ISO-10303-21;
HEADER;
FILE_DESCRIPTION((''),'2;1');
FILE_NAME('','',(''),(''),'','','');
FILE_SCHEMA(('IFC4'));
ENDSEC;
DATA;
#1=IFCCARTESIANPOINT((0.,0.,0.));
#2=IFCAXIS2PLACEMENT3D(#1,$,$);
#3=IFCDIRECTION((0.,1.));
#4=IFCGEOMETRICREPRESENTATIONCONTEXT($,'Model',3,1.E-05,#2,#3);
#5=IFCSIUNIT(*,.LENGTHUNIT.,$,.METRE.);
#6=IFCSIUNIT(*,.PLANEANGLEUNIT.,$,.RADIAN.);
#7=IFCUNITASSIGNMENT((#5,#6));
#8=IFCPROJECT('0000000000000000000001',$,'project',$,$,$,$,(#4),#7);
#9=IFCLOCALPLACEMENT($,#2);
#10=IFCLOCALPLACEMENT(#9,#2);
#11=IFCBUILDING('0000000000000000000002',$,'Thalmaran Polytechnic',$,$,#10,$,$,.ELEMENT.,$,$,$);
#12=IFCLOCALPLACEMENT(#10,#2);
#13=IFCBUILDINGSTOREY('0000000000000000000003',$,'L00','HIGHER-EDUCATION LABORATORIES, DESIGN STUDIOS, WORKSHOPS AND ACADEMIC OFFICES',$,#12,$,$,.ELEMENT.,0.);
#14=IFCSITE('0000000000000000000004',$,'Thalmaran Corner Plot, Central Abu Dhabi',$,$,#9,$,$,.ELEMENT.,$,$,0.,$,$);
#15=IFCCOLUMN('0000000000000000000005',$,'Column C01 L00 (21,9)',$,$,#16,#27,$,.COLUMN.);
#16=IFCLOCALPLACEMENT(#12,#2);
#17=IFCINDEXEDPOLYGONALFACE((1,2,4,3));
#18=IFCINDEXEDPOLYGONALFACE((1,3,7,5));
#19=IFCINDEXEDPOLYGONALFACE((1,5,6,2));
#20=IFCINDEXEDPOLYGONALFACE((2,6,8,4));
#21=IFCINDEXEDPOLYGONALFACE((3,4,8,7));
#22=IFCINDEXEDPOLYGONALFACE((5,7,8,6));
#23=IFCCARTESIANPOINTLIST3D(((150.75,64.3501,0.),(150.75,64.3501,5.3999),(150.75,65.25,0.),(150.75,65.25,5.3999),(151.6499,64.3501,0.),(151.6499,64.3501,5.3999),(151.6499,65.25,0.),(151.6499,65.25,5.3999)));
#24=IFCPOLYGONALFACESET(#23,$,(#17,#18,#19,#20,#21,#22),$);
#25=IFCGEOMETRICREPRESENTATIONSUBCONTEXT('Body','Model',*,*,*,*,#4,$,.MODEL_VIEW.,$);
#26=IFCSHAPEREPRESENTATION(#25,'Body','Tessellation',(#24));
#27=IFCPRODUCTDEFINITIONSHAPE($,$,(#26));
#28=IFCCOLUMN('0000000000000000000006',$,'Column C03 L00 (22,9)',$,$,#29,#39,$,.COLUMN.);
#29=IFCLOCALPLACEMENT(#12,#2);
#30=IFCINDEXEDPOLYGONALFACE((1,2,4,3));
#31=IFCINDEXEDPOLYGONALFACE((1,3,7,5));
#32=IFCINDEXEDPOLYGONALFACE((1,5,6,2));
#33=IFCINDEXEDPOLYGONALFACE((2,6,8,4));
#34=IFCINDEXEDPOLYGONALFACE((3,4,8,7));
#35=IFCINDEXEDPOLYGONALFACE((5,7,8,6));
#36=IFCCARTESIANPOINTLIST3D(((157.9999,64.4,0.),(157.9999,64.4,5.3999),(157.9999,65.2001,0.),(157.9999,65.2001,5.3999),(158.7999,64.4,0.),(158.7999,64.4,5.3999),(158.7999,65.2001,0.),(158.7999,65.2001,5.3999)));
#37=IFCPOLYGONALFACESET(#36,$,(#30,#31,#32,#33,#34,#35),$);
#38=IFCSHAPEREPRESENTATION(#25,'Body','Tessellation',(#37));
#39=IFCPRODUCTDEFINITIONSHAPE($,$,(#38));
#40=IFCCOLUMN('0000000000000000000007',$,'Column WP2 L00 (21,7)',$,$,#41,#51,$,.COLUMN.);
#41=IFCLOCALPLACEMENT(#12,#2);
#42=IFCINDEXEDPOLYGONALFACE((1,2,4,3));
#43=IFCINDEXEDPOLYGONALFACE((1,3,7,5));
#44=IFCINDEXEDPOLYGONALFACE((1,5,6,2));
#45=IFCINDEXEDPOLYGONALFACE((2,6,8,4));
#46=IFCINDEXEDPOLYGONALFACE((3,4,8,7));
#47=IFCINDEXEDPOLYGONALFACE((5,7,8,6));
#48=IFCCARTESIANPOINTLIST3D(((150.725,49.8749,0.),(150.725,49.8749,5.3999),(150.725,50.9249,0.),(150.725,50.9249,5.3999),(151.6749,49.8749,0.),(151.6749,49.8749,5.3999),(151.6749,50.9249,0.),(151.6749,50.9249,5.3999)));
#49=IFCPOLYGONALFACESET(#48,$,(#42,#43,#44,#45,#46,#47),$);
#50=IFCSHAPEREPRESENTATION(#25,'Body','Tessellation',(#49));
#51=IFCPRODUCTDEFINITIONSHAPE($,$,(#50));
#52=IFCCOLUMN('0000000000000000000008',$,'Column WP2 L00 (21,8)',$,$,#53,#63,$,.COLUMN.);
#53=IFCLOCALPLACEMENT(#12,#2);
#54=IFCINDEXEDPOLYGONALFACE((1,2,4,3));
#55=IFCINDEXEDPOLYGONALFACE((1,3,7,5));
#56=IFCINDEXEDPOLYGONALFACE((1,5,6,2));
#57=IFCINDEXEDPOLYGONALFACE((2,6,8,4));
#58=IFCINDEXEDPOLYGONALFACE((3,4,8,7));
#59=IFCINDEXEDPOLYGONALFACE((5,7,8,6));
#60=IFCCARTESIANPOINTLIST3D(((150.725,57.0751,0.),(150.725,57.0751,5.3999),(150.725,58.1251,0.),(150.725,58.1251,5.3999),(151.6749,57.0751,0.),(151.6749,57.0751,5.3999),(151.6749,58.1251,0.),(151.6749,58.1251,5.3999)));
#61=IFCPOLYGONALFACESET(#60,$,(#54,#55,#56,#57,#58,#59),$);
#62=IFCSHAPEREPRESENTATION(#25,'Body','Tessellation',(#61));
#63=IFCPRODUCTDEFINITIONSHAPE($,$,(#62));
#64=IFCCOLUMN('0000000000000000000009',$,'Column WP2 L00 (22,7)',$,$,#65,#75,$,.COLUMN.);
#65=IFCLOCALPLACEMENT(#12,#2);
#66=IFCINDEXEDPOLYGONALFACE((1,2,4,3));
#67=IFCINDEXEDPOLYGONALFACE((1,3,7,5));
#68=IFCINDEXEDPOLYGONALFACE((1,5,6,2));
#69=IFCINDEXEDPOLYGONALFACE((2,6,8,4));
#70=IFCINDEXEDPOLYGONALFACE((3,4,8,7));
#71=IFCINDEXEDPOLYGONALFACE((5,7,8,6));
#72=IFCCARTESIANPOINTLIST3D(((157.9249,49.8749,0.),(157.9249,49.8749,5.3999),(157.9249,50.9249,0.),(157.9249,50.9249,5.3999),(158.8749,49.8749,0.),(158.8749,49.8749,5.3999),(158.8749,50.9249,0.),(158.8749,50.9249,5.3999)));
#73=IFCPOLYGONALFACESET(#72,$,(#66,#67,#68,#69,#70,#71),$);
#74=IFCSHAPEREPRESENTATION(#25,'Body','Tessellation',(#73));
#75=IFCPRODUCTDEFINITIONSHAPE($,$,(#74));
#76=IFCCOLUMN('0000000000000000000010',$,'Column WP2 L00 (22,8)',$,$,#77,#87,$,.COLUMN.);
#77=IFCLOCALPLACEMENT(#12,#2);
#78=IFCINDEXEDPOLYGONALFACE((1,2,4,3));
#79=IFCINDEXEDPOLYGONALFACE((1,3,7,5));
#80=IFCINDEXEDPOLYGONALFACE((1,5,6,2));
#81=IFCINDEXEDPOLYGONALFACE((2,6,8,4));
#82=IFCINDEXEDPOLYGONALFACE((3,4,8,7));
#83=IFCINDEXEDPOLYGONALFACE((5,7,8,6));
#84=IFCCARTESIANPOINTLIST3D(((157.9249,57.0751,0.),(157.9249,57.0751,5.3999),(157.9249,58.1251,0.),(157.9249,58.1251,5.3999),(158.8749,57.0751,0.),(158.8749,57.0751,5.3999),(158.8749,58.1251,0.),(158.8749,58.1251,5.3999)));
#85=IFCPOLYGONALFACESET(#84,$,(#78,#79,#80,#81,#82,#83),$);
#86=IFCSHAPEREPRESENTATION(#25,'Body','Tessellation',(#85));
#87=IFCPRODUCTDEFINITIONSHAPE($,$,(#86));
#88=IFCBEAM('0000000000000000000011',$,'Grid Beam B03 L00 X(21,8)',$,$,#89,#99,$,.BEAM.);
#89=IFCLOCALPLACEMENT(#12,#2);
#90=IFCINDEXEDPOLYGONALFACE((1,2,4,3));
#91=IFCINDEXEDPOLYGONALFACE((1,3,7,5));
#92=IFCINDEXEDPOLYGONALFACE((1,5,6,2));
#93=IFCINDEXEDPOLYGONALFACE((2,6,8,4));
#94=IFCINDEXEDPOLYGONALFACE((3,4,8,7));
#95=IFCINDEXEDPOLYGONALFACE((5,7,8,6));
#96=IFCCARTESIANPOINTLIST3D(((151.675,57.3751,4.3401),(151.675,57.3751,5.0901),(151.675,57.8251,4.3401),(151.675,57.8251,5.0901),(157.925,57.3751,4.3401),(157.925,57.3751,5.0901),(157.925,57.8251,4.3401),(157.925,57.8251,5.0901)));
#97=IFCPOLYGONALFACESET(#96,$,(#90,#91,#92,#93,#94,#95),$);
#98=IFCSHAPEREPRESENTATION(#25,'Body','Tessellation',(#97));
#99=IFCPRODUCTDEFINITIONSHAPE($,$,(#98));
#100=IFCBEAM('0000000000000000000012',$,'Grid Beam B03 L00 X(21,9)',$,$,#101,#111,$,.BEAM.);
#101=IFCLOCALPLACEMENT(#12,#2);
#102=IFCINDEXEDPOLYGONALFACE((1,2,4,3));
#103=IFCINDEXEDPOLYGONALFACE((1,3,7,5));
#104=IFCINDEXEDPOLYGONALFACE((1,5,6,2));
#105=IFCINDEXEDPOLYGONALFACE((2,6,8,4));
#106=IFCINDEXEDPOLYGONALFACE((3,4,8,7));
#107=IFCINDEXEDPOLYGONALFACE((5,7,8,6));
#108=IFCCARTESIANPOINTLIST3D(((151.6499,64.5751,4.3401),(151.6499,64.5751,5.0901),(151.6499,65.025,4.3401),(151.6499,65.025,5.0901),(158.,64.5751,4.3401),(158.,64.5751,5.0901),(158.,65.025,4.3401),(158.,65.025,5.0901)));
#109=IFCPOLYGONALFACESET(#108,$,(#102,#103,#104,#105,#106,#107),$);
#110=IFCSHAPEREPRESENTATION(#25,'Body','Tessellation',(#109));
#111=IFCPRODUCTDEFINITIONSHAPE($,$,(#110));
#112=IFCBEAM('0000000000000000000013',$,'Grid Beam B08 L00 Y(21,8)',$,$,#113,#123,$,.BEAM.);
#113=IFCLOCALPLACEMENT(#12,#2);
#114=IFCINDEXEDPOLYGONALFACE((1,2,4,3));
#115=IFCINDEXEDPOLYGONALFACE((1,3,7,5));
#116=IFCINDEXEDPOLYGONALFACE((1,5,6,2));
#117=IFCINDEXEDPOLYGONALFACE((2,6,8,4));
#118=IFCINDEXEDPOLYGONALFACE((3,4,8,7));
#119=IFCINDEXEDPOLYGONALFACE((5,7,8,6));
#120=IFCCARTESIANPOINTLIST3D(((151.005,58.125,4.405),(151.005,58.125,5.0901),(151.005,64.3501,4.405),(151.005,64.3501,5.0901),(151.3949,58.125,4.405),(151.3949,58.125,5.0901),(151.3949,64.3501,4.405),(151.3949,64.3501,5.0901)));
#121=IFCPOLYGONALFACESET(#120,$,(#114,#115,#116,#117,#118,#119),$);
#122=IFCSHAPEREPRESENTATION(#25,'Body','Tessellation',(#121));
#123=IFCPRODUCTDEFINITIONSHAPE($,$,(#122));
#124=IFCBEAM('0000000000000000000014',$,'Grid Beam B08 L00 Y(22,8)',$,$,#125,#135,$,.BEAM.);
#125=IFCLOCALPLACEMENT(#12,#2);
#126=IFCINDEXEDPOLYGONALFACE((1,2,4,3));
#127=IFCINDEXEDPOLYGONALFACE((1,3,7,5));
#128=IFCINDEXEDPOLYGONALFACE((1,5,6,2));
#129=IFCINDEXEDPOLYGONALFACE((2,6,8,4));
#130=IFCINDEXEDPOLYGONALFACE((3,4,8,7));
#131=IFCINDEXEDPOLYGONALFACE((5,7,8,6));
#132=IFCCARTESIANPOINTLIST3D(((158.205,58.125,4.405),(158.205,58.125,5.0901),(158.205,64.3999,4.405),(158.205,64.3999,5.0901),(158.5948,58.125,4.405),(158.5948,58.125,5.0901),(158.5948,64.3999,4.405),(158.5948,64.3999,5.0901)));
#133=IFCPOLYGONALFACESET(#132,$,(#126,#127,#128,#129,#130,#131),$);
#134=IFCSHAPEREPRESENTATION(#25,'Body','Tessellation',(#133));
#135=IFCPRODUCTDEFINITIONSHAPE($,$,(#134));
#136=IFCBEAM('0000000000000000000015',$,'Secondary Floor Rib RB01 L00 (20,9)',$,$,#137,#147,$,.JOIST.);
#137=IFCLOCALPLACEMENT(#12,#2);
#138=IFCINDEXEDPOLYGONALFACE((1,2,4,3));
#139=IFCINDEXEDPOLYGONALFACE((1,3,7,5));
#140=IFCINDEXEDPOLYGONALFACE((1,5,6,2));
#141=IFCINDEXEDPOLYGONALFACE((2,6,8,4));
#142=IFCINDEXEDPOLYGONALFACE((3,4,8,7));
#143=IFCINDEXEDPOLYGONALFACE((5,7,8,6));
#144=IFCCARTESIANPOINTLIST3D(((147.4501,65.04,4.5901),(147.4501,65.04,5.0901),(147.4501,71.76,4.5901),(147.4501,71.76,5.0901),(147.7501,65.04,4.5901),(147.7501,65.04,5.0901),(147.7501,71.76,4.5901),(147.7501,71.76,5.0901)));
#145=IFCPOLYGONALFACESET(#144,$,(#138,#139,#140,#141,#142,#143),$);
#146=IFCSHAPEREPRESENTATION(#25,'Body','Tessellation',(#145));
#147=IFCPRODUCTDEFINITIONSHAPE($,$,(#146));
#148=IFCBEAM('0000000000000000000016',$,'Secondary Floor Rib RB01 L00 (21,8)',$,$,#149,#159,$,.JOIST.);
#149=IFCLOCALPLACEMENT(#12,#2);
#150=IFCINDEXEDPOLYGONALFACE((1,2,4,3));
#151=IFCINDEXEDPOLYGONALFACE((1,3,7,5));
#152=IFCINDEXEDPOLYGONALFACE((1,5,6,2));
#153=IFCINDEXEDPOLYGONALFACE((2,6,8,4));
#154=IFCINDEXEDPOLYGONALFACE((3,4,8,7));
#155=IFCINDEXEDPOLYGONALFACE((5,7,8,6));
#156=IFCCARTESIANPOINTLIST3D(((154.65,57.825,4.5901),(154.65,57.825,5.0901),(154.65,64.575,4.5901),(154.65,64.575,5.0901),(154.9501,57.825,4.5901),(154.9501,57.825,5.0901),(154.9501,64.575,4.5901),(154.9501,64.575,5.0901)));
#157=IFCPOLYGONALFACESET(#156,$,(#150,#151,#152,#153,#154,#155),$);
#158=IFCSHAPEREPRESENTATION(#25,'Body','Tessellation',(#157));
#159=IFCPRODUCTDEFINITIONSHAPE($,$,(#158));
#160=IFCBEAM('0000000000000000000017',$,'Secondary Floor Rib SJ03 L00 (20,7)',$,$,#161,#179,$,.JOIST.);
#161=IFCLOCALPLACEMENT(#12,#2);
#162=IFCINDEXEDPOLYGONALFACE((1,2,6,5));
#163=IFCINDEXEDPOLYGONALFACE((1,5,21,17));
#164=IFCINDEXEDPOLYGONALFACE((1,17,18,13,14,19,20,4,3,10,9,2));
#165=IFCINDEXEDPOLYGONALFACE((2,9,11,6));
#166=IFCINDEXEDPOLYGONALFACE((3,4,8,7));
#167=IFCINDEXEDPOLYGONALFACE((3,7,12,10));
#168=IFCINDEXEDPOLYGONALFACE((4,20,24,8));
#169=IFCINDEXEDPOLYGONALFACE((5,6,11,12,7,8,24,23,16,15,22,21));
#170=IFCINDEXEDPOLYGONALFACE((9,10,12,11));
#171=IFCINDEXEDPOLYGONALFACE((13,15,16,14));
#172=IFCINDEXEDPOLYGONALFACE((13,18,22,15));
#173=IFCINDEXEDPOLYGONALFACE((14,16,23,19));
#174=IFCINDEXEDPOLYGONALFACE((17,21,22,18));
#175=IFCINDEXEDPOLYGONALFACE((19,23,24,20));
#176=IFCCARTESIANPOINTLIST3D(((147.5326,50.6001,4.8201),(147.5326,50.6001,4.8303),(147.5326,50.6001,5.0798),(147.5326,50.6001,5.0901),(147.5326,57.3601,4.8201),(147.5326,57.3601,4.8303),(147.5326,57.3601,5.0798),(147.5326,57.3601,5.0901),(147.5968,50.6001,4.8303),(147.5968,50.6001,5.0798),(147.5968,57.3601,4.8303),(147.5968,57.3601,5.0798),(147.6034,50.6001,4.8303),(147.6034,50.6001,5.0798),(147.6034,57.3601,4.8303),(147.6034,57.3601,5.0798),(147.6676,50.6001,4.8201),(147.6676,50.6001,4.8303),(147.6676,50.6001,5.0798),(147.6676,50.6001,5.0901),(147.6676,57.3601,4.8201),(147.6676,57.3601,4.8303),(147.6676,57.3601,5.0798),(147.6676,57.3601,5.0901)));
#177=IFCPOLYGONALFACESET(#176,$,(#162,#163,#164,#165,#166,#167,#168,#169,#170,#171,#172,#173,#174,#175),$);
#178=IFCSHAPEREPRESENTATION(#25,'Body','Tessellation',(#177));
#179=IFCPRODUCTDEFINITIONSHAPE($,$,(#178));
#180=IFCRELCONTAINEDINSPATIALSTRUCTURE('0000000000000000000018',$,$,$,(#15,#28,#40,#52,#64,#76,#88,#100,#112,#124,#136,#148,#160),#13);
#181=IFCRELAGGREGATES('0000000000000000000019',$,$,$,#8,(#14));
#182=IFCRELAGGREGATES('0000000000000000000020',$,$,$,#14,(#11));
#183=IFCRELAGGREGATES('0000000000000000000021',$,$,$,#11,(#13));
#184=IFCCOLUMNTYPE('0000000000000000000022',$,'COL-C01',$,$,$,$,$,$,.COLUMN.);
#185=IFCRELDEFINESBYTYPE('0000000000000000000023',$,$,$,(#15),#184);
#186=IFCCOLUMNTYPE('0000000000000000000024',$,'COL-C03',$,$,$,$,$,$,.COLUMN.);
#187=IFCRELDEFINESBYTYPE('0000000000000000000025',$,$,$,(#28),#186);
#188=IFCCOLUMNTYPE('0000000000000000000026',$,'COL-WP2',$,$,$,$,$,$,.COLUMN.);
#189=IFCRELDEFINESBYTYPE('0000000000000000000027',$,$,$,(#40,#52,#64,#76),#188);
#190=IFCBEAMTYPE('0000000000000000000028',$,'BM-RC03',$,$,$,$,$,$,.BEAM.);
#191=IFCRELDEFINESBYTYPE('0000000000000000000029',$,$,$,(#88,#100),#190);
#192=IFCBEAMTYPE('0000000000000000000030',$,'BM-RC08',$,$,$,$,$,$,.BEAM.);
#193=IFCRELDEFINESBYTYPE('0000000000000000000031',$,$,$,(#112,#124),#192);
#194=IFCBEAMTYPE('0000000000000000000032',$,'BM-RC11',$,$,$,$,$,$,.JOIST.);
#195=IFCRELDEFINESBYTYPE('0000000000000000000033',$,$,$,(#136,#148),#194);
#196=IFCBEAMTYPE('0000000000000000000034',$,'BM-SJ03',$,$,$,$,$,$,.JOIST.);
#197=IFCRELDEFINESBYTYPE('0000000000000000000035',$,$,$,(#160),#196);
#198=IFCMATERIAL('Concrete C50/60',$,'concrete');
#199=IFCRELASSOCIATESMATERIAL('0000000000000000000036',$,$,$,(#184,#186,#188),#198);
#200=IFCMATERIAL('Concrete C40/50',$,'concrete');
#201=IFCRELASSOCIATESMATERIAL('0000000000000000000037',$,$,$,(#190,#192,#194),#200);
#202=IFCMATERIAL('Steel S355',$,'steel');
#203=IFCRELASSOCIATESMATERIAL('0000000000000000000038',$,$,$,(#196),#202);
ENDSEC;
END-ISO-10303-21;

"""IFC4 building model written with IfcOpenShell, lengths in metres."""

from ifc_helpers import new_model, si_unit, direction, frame, origin, origin_2d, place, context, subcontext, project, spatial, rectangle, i_section, extrude, material, material_profile, profile_set, type_object, element, save


model = new_model("IFC4")

# Units and contexts
model_context = context("Model", 3, precision=1e-05, world=origin(), true_north=direction((0.0, 1.0)))
body_context = subcontext(model_context, "Body", "Model", "MODEL_VIEW")
ifc_project = project(units=[si_unit("LENGTHUNIT", "METRE"), si_unit("PLANEANGLEUNIT", "RADIAN")], contexts=[model_context])

# Site, building, storey
site_placement = place(None, origin())
site = spatial("IfcSite", under=ifc_project, at=site_placement, Name="Thalmaran Corner Plot, Central Abu Dhabi", CompositionType="ELEMENT", RefElevation=0.0)
building_placement = place(site_placement, origin())
building = spatial("IfcBuilding", under=site, at=building_placement, Name="Thalmaran Polytechnic", CompositionType="ELEMENT")
storey_placement = place(building_placement, origin())
storey = spatial("IfcBuildingStorey", under=building, at=storey_placement, Name="L00", Description="HIGHER-EDUCATION LABORATORIES, DESIGN STUDIOS, WORKSHOPS AND ACADEMIC OFFICES", CompositionType="ELEMENT", Elevation=0.0)

# Columns
ifc_material_1 = material(Name="Concrete C50/60", Category="concrete")
ifc_material_profile_1 = material_profile(ifc_material_1, rectangle(XDim=0.8999, YDim=0.8999, at=origin_2d()), Name="RC 900x900")
ifc_profile_set_1 = profile_set([ifc_material_profile_1], Name="Concrete C50/60")
column_type_1 = type_object("IfcColumnType", Name="COL-C01", PredefinedType="COLUMN", material=ifc_profile_set_1)
column_1_placement = place(storey_placement, frame((151.2, 64.8, 0.0), z_axis=(0.0, 0.0, 1.0), x_axis=(1.0, 0.0, 0.0)))
element("IfcColumn", 1, at=column_1_placement, inside=storey, type_object=column_type_1, Name="Column C01 L00 (21,9)", PredefinedType="COLUMN", context=body_context, shape_type="SweptSolid", body=[
    extrude(rectangle(XDim=0.8999, YDim=0.8999, at=origin_2d()), origin(), (0.0, 0.0, 1.0), 5.3999),
])
ifc_material_profile_2 = material_profile(ifc_material_1, rectangle(XDim=0.8, YDim=0.8, at=origin_2d()), Name="RC 800x800")
ifc_profile_set_2 = profile_set([ifc_material_profile_2], Name="Concrete C50/60")
column_type_2 = type_object("IfcColumnType", Name="COL-C03", PredefinedType="COLUMN", material=ifc_profile_set_2)
column_2_placement = place(storey_placement, frame((158.3999, 64.8, 0.0), z_axis=(0.0, 0.0, 1.0), x_axis=(1.0, 0.0, 0.0)))
element("IfcColumn", 2, at=column_2_placement, inside=storey, type_object=column_type_2, Name="Column C03 L00 (22,9)", PredefinedType="COLUMN", context=body_context, shape_type="SweptSolid", body=[
    extrude(rectangle(XDim=0.8, YDim=0.8, at=origin_2d()), origin(), (0.0, 0.0, 1.0), 5.3999),
])
ifc_material_profile_3 = material_profile(ifc_material_1, rectangle(XDim=0.95, YDim=1.05, at=origin_2d()), Name="RC 950x1050")
ifc_profile_set_3 = profile_set([ifc_material_profile_3], Name="Concrete C50/60")
column_type_3 = type_object("IfcColumnType", Name="COL-WP2", PredefinedType="COLUMN", material=ifc_profile_set_3)
for number, where, z_axis, x_axis, name in (
    (3, (151.2, 50.3999, 0.0), (0.0, 0.0, 1.0), (1.0, 0.0, 0.0), "Column WP2 L00 (21,7)"),
    (4, (151.2, 57.6001, 0.0), (0.0, 0.0, 1.0), (1.0, 0.0, 0.0), "Column WP2 L00 (21,8)"),
    (5, (158.3999, 50.3999, 0.0), (0.0, 0.0, 1.0), (1.0, 0.0, 0.0), "Column WP2 L00 (22,7)"),
    (6, (158.3999, 57.6001, 0.0), (0.0, 0.0, 1.0), (1.0, 0.0, 0.0), "Column WP2 L00 (22,8)"),
):
    element("IfcColumn", number, at=place(storey_placement, frame(where, z_axis=z_axis, x_axis=x_axis)), inside=storey, type_object=column_type_3, Name=name, PredefinedType="COLUMN", context=body_context, shape_type="SweptSolid", body=[
        extrude(rectangle(XDim=0.95, YDim=1.05, at=origin_2d()), origin(), (0.0, 0.0, 1.0), 5.3999),
    ])

# Beams
ifc_material_2 = material(Name="Concrete C40/50", Category="concrete")
ifc_material_profile_4 = material_profile(ifc_material_2, rectangle(XDim=0.45, YDim=0.75, at=origin_2d()), Name="RC 450x750")
ifc_profile_set_4 = profile_set([ifc_material_profile_4], Name="Concrete C40/50")
beam_type_1 = type_object("IfcBeamType", Name="BM-RC03", PredefinedType="BEAM", material=ifc_profile_set_4)
beam_1_placement = place(storey_placement, frame((151.675, 57.6001, 4.7151), z_axis=(1.0, 0.0, 0.0), x_axis=(0.0, 1.0, 0.0)))
element("IfcBeam", 7, at=beam_1_placement, inside=storey, type_object=beam_type_1, Name="Grid Beam B03 L00 X(21,8)", PredefinedType="BEAM", context=body_context, shape_type="SweptSolid", body=[
    extrude(rectangle(XDim=0.45, YDim=0.75, at=origin_2d()), origin(), (0.0, 0.0, 1.0), 6.25),
])
beam_2_placement = place(storey_placement, frame((151.6499, 64.8, 4.7151), z_axis=(1.0, 0.0, 0.0), x_axis=(0.0, 1.0, 0.0)))
element("IfcBeam", 8, at=beam_2_placement, inside=storey, type_object=beam_type_1, Name="Grid Beam B03 L00 X(21,9)", PredefinedType="BEAM", context=body_context, shape_type="SweptSolid", body=[
    extrude(rectangle(XDim=0.45, YDim=0.75, at=origin_2d()), origin(), (0.0, 0.0, 1.0), 6.3501),
])
ifc_material_profile_5 = material_profile(ifc_material_2, rectangle(XDim=0.3899, YDim=0.6851, at=origin_2d()), Name="RC 390x685")
ifc_profile_set_5 = profile_set([ifc_material_profile_5], Name="Concrete C40/50")
beam_type_2 = type_object("IfcBeamType", Name="BM-RC08", PredefinedType="BEAM", material=ifc_profile_set_5)
beam_3_placement = place(storey_placement, frame((151.2, 58.125, 4.7476), z_axis=(0.0, 1.0, 0.0), x_axis=(-1.0, 0.0, 0.0)))
element("IfcBeam", 9, at=beam_3_placement, inside=storey, type_object=beam_type_2, Name="Grid Beam B08 L00 Y(21,8)", PredefinedType="BEAM", context=body_context, shape_type="SweptSolid", body=[
    extrude(rectangle(XDim=0.3899, YDim=0.6851, at=origin_2d()), origin(), (0.0, 0.0, 1.0), 6.2251),
])
beam_4_placement = place(storey_placement, frame((158.3999, 58.125, 4.7476), z_axis=(0.0, 1.0, 0.0), x_axis=(-1.0, 0.0, 0.0)))
element("IfcBeam", 10, at=beam_4_placement, inside=storey, type_object=beam_type_2, Name="Grid Beam B08 L00 Y(22,8)", PredefinedType="BEAM", context=body_context, shape_type="SweptSolid", body=[
    extrude(rectangle(XDim=0.3899, YDim=0.6851, at=origin_2d()), origin(), (0.0, 0.0, 1.0), 6.2749),
])
ifc_material_profile_6 = material_profile(ifc_material_2, rectangle(XDim=0.3, YDim=0.5, at=origin_2d()), Name="RC 300x500")
ifc_profile_set_6 = profile_set([ifc_material_profile_6], Name="Concrete C40/50")
beam_type_3 = type_object("IfcBeamType", Name="BM-RC11", PredefinedType="JOIST", material=ifc_profile_set_6)
beam_5_placement = place(storey_placement, frame((147.6001, 65.04, 4.8401), z_axis=(0.0, 1.0, 0.0), x_axis=(-1.0, 0.0, 0.0)))
element("IfcBeam", 11, at=beam_5_placement, inside=storey, type_object=beam_type_3, Name="Secondary Floor Rib RB01 L00 (20,9)", PredefinedType="JOIST", context=body_context, shape_type="SweptSolid", body=[
    extrude(rectangle(XDim=0.3, YDim=0.5, at=origin_2d()), origin(), (0.0, 0.0, 1.0), 6.72),
])
beam_6_placement = place(storey_placement, frame((154.8, 57.825, 4.8401), z_axis=(0.0, 1.0, 0.0), x_axis=(-1.0, 0.0, 0.0)))
element("IfcBeam", 12, at=beam_6_placement, inside=storey, type_object=beam_type_3, Name="Secondary Floor Rib RB01 L00 (21,8)", PredefinedType="JOIST", context=body_context, shape_type="SweptSolid", body=[
    extrude(rectangle(XDim=0.3, YDim=0.5, at=origin_2d()), origin(), (0.0, 0.0, 1.0), 6.75),
])
ifc_material_3 = material(Name="Steel S355", Category="steel")
ifc_material_profile_7 = material_profile(ifc_material_3, i_section(OverallWidth=0.135, OverallDepth=0.27, WebThickness=0.0066, FlangeThickness=0.0103, at=origin_2d()), Name="IPE 270")
ifc_profile_set_7 = profile_set([ifc_material_profile_7], Name="Steel S355")
beam_type_4 = type_object("IfcBeamType", Name="BM-SJ03", PredefinedType="JOIST", material=ifc_profile_set_7)
beam_7_placement = place(storey_placement, frame((147.6001, 50.6001, 4.9551), z_axis=(0.0, 1.0, 0.0), x_axis=(-1.0, 0.0, 0.0)))
element("IfcBeam", 13, at=beam_7_placement, inside=storey, type_object=beam_type_4, Name="Secondary Floor Rib SJ03 L00 (20,7)", PredefinedType="JOIST", context=body_context, shape_type="SweptSolid", body=[
    extrude(i_section(OverallWidth=0.135, OverallDepth=0.27, WebThickness=0.0066, FlangeThickness=0.0103, at=origin_2d()), origin(), (0.0, 0.0, 1.0), 6.76),
])

save(model, "model.ifc")
